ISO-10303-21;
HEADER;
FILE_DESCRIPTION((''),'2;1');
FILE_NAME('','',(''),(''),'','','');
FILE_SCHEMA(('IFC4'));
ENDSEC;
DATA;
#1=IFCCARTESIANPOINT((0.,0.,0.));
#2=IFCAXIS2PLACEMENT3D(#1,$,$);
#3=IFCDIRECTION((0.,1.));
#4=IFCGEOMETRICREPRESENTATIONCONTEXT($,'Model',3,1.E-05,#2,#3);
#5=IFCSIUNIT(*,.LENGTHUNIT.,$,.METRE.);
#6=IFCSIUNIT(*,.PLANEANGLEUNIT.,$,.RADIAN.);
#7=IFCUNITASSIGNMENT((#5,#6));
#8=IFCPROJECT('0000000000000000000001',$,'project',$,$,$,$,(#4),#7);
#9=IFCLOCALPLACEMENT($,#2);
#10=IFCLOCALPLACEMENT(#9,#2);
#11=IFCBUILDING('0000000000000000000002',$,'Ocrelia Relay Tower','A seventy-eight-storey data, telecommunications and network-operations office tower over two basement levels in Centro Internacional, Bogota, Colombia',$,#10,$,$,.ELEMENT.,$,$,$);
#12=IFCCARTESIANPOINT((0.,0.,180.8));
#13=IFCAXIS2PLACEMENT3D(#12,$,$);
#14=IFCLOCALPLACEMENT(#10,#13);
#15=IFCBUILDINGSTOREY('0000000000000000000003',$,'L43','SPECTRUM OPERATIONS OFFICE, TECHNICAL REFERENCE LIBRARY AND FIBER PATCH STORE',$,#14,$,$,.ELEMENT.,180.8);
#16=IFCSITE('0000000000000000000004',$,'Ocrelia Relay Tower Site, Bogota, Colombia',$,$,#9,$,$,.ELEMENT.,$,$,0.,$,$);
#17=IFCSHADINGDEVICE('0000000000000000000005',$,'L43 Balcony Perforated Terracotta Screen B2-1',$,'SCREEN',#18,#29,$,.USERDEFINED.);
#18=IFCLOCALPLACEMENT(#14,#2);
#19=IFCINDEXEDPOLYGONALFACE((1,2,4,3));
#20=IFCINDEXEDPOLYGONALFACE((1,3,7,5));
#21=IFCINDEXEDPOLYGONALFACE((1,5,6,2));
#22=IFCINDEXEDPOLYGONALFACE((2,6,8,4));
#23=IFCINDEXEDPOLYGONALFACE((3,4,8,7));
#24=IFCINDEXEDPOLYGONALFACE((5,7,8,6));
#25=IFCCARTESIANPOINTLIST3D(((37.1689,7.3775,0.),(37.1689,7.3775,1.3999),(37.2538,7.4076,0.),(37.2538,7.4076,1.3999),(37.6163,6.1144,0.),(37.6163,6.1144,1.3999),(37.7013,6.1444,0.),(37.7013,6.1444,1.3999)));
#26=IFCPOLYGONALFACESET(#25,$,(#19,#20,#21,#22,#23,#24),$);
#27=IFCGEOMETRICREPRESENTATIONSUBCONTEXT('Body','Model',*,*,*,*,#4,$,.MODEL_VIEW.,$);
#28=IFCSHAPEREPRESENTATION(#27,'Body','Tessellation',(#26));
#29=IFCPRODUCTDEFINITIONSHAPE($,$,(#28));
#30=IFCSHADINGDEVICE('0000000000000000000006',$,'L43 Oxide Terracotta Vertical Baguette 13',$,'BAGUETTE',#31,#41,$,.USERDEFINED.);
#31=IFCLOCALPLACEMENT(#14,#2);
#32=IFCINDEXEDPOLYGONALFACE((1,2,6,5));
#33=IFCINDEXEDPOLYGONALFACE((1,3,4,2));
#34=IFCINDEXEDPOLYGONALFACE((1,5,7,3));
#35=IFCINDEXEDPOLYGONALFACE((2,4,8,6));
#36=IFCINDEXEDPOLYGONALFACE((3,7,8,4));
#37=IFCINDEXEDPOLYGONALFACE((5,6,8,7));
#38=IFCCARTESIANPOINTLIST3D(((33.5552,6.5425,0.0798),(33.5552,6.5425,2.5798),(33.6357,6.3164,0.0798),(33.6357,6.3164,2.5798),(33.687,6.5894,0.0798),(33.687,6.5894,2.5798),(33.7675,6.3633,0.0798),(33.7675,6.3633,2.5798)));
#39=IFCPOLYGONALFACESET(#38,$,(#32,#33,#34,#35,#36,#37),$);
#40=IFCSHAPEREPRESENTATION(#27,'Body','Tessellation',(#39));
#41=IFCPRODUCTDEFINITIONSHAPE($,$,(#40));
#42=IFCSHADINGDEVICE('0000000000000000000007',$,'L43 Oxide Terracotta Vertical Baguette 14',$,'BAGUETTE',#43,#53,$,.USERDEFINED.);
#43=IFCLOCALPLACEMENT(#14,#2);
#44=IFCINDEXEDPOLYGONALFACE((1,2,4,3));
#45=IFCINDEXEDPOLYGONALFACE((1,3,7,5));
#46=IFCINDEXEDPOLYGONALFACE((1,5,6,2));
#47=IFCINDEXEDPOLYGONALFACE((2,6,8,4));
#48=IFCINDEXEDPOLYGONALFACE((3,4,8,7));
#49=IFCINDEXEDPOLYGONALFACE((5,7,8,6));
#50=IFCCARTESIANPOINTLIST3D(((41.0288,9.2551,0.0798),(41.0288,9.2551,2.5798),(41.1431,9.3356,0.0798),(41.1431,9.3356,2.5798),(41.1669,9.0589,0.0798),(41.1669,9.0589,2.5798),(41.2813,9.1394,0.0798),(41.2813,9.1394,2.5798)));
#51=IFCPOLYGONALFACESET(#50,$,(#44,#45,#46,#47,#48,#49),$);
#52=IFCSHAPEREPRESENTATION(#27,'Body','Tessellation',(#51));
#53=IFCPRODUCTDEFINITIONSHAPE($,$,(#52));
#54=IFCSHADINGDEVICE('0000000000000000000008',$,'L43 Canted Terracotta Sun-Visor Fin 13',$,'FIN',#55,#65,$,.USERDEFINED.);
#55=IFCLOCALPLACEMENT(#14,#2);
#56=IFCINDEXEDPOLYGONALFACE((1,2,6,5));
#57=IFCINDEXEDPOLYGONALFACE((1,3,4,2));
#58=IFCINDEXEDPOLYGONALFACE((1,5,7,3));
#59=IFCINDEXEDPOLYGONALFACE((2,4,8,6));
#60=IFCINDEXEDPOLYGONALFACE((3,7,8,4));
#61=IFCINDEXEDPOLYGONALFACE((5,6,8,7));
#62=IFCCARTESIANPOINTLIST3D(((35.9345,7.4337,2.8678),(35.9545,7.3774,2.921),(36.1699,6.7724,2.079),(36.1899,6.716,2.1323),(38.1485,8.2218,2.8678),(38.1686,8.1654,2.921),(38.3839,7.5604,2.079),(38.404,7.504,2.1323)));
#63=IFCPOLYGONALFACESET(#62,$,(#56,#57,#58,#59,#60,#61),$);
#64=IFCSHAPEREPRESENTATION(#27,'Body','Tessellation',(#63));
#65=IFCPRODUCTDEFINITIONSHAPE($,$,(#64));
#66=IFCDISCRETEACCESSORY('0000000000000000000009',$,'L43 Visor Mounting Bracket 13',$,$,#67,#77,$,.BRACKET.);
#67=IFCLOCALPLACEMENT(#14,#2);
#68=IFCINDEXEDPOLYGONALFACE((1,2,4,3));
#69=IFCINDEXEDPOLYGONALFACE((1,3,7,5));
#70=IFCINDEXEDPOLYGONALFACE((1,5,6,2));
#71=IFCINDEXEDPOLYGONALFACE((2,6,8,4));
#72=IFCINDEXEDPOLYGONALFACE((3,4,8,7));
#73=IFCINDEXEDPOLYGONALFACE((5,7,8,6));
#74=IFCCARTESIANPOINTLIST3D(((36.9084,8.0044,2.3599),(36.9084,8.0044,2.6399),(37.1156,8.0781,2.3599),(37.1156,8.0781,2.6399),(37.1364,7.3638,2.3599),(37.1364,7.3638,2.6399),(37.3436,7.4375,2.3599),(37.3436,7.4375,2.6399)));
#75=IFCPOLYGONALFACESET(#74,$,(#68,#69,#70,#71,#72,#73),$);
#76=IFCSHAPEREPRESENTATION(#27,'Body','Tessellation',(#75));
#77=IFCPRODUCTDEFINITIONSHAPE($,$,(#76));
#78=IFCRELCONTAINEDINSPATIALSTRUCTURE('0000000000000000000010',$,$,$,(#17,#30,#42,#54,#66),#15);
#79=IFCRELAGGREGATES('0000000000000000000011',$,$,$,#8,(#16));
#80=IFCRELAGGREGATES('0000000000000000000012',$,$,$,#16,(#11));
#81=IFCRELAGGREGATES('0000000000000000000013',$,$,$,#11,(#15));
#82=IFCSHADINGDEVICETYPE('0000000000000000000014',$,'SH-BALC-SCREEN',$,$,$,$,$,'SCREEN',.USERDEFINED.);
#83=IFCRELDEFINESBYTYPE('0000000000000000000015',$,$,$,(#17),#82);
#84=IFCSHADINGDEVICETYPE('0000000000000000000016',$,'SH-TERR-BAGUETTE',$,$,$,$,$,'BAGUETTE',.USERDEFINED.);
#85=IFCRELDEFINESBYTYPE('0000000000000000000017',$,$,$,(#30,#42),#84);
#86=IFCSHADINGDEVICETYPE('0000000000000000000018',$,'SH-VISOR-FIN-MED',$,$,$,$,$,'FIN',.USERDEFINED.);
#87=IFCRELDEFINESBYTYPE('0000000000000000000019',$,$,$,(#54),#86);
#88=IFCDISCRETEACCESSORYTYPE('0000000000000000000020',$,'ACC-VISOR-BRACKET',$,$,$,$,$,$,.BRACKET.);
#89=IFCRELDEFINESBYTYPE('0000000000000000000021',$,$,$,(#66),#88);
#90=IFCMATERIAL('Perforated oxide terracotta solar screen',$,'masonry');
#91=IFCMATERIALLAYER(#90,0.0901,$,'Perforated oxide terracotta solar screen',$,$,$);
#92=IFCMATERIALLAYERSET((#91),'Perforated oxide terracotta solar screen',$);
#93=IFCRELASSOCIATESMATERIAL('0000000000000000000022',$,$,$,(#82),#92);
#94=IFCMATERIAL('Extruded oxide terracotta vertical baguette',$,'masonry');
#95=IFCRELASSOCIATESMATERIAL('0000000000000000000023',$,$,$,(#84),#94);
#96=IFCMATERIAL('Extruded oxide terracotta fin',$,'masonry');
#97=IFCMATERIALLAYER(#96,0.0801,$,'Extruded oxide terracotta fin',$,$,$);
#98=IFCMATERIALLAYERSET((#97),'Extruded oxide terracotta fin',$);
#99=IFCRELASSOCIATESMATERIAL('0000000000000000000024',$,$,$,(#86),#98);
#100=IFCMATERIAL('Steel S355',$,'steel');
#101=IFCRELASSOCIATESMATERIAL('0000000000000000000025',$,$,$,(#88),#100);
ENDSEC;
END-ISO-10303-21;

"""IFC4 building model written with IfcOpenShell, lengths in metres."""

from ifc_helpers import new_model, si_unit, direction, frame, origin, origin_2d, place, context, subcontext, project, spatial, rectangle, extrude, material, layer, layer_set, type_object, element, save


model = new_model("IFC4")

# Units and contexts
model_context = context("Model", 3, precision=1e-05, world=origin(), true_north=direction((0.0, 1.0)))
body_context = subcontext(model_context, "Body", "Model", "MODEL_VIEW")
ifc_project = project(units=[si_unit("LENGTHUNIT", "METRE"), si_unit("PLANEANGLEUNIT", "RADIAN")], contexts=[model_context])

# Site, building, storey
site_placement = place(None, origin())
site = spatial("IfcSite", under=ifc_project, at=site_placement, Name="Ocrelia Relay Tower Site, Bogota, Colombia", CompositionType="ELEMENT", RefElevation=0.0)
building_placement = place(site_placement, origin())
building = spatial("IfcBuilding", under=site, at=building_placement, Name="Ocrelia Relay Tower", Description="A seventy-eight-storey data, telecommunications and network-operations office tower over two basement levels in Centro Internacional, Bogota, Colombia", CompositionType="ELEMENT")
storey_placement = place(building_placement, frame((0.0, 0.0, 180.8)))
storey = spatial("IfcBuildingStorey", under=building, at=storey_placement, Name="L43", Description="SPECTRUM OPERATIONS OFFICE, TECHNICAL REFERENCE LIBRARY AND FIBER PATCH STORE", CompositionType="ELEMENT", Elevation=180.8)

# Shared definitions
ifc_material_1 = material(Name="Steel S355", Category="steel")

# Shading devices
ifc_material_2 = material(Name="Perforated oxide terracotta solar screen", Category="masonry")
ifc_layer_1 = layer(ifc_material_2, 0.0901, Name="Perforated oxide terracotta solar screen")
ifc_layer_set_1 = layer_set([ifc_layer_1], Name="Perforated oxide terracotta solar screen")
shading_device_type_1 = type_object("IfcShadingDeviceType", Name="SH-BALC-SCREEN", ElementType="SCREEN", PredefinedType="USERDEFINED", material=ifc_layer_set_1)
shading_device_1_placement = place(storey_placement, frame((37.4351, 6.761, 0.0), z_axis=(0.0, 0.0, 1.0), x_axis=(0.333912, -0.942604, 0.0)))
element("IfcShadingDevice", 1, at=shading_device_1_placement, inside=storey, type_object=shading_device_type_1, Name="L43 Balcony Perforated Terracotta Screen B2-1", ObjectType="SCREEN", PredefinedType="USERDEFINED", context=body_context, shape_type="SweptSolid", body=[
    extrude(rectangle(XDim=1.3401, YDim=0.0901, at=origin_2d()), origin(), (0.0, 0.0, 1.0), 1.3999),
])
ifc_material_3 = material(Name="Extruded oxide terracotta vertical baguette", Category="masonry")
shading_device_type_2 = type_object("IfcShadingDeviceType", Name="SH-TERR-BAGUETTE", ElementType="BAGUETTE", PredefinedType="USERDEFINED", material=ifc_material_3)
for number, where, z_axis, x_axis, name in (
    (2, (33.6614, 6.4529, 0.0798), (0.0, 0.0, 1.0), (0.942106, 0.335317, 0.0), "L43 Oxide Terracotta Vertical Baguette 13"),
    (3, (41.155, 9.1973, 0.0798), (0.0, 0.0, 1.0), (0.817648, 0.575718, 0.0), "L43 Oxide Terracotta Vertical Baguette 14"),
):
    element("IfcShadingDevice", number, at=place(storey_placement, frame(where, z_axis=z_axis, x_axis=x_axis)), inside=storey, type_object=shading_device_type_2, Name=name, ObjectType="BAGUETTE", PredefinedType="USERDEFINED", context=body_context, shape_type="SweptSolid", body=[
        extrude(rectangle(XDim=0.1399, YDim=0.24, at=origin_2d()), origin(), (0.0, 0.0, 1.0), 2.5),
    ])
ifc_material_4 = material(Name="Extruded oxide terracotta fin", Category="masonry")
ifc_layer_2 = layer(ifc_material_4, 0.0801, Name="Extruded oxide terracotta fin")
ifc_layer_set_2 = layer_set([ifc_layer_2], Name="Extruded oxide terracotta fin")
shading_device_type_3 = type_object("IfcShadingDeviceType", Name="SH-VISOR-FIN-MED", ElementType="FIN", PredefinedType="USERDEFINED", material=ifc_layer_set_2)
shading_device_2_placement = place(storey_placement, frame((37.1592, 7.4971, 2.4734), z_axis=(0.250477, -0.70374, 0.664839), x_axis=(0.942106, 0.335317, 0.0)))
element("IfcShadingDevice", 4, at=shading_device_2_placement, inside=storey, type_object=shading_device_type_3, Name="L43 Canted Terracotta Sun-Visor Fin 13", ObjectType="FIN", PredefinedType="USERDEFINED", context=body_context, shape_type="SweptSolid", body=[
    extrude(rectangle(XDim=2.3501, YDim=1.0559, at=origin_2d()), origin(), (0.0, 0.0, 1.0), 0.0801),
])

# Discrete accessory
discrete_accessory_type = type_object("IfcDiscreteAccessoryType", Name="ACC-VISOR-BRACKET", PredefinedType="BRACKET", material=ifc_material_1)
discrete_accessory_placement = place(storey_placement, frame((37.126, 7.7209, 2.3599), z_axis=(0.0, 0.0, 1.0), x_axis=(0.942106, 0.335317, 0.0)))
element("IfcDiscreteAccessory", 5, at=discrete_accessory_placement, inside=storey, type_object=discrete_accessory_type, Name="L43 Visor Mounting Bracket 13", PredefinedType="BRACKET", context=body_context, shape_type="SweptSolid", body=[
    extrude(rectangle(XDim=0.22, YDim=0.6799, at=origin_2d()), origin(), (0.0, 0.0, 1.0), 0.28),
])

save(model, "model.ifc")
